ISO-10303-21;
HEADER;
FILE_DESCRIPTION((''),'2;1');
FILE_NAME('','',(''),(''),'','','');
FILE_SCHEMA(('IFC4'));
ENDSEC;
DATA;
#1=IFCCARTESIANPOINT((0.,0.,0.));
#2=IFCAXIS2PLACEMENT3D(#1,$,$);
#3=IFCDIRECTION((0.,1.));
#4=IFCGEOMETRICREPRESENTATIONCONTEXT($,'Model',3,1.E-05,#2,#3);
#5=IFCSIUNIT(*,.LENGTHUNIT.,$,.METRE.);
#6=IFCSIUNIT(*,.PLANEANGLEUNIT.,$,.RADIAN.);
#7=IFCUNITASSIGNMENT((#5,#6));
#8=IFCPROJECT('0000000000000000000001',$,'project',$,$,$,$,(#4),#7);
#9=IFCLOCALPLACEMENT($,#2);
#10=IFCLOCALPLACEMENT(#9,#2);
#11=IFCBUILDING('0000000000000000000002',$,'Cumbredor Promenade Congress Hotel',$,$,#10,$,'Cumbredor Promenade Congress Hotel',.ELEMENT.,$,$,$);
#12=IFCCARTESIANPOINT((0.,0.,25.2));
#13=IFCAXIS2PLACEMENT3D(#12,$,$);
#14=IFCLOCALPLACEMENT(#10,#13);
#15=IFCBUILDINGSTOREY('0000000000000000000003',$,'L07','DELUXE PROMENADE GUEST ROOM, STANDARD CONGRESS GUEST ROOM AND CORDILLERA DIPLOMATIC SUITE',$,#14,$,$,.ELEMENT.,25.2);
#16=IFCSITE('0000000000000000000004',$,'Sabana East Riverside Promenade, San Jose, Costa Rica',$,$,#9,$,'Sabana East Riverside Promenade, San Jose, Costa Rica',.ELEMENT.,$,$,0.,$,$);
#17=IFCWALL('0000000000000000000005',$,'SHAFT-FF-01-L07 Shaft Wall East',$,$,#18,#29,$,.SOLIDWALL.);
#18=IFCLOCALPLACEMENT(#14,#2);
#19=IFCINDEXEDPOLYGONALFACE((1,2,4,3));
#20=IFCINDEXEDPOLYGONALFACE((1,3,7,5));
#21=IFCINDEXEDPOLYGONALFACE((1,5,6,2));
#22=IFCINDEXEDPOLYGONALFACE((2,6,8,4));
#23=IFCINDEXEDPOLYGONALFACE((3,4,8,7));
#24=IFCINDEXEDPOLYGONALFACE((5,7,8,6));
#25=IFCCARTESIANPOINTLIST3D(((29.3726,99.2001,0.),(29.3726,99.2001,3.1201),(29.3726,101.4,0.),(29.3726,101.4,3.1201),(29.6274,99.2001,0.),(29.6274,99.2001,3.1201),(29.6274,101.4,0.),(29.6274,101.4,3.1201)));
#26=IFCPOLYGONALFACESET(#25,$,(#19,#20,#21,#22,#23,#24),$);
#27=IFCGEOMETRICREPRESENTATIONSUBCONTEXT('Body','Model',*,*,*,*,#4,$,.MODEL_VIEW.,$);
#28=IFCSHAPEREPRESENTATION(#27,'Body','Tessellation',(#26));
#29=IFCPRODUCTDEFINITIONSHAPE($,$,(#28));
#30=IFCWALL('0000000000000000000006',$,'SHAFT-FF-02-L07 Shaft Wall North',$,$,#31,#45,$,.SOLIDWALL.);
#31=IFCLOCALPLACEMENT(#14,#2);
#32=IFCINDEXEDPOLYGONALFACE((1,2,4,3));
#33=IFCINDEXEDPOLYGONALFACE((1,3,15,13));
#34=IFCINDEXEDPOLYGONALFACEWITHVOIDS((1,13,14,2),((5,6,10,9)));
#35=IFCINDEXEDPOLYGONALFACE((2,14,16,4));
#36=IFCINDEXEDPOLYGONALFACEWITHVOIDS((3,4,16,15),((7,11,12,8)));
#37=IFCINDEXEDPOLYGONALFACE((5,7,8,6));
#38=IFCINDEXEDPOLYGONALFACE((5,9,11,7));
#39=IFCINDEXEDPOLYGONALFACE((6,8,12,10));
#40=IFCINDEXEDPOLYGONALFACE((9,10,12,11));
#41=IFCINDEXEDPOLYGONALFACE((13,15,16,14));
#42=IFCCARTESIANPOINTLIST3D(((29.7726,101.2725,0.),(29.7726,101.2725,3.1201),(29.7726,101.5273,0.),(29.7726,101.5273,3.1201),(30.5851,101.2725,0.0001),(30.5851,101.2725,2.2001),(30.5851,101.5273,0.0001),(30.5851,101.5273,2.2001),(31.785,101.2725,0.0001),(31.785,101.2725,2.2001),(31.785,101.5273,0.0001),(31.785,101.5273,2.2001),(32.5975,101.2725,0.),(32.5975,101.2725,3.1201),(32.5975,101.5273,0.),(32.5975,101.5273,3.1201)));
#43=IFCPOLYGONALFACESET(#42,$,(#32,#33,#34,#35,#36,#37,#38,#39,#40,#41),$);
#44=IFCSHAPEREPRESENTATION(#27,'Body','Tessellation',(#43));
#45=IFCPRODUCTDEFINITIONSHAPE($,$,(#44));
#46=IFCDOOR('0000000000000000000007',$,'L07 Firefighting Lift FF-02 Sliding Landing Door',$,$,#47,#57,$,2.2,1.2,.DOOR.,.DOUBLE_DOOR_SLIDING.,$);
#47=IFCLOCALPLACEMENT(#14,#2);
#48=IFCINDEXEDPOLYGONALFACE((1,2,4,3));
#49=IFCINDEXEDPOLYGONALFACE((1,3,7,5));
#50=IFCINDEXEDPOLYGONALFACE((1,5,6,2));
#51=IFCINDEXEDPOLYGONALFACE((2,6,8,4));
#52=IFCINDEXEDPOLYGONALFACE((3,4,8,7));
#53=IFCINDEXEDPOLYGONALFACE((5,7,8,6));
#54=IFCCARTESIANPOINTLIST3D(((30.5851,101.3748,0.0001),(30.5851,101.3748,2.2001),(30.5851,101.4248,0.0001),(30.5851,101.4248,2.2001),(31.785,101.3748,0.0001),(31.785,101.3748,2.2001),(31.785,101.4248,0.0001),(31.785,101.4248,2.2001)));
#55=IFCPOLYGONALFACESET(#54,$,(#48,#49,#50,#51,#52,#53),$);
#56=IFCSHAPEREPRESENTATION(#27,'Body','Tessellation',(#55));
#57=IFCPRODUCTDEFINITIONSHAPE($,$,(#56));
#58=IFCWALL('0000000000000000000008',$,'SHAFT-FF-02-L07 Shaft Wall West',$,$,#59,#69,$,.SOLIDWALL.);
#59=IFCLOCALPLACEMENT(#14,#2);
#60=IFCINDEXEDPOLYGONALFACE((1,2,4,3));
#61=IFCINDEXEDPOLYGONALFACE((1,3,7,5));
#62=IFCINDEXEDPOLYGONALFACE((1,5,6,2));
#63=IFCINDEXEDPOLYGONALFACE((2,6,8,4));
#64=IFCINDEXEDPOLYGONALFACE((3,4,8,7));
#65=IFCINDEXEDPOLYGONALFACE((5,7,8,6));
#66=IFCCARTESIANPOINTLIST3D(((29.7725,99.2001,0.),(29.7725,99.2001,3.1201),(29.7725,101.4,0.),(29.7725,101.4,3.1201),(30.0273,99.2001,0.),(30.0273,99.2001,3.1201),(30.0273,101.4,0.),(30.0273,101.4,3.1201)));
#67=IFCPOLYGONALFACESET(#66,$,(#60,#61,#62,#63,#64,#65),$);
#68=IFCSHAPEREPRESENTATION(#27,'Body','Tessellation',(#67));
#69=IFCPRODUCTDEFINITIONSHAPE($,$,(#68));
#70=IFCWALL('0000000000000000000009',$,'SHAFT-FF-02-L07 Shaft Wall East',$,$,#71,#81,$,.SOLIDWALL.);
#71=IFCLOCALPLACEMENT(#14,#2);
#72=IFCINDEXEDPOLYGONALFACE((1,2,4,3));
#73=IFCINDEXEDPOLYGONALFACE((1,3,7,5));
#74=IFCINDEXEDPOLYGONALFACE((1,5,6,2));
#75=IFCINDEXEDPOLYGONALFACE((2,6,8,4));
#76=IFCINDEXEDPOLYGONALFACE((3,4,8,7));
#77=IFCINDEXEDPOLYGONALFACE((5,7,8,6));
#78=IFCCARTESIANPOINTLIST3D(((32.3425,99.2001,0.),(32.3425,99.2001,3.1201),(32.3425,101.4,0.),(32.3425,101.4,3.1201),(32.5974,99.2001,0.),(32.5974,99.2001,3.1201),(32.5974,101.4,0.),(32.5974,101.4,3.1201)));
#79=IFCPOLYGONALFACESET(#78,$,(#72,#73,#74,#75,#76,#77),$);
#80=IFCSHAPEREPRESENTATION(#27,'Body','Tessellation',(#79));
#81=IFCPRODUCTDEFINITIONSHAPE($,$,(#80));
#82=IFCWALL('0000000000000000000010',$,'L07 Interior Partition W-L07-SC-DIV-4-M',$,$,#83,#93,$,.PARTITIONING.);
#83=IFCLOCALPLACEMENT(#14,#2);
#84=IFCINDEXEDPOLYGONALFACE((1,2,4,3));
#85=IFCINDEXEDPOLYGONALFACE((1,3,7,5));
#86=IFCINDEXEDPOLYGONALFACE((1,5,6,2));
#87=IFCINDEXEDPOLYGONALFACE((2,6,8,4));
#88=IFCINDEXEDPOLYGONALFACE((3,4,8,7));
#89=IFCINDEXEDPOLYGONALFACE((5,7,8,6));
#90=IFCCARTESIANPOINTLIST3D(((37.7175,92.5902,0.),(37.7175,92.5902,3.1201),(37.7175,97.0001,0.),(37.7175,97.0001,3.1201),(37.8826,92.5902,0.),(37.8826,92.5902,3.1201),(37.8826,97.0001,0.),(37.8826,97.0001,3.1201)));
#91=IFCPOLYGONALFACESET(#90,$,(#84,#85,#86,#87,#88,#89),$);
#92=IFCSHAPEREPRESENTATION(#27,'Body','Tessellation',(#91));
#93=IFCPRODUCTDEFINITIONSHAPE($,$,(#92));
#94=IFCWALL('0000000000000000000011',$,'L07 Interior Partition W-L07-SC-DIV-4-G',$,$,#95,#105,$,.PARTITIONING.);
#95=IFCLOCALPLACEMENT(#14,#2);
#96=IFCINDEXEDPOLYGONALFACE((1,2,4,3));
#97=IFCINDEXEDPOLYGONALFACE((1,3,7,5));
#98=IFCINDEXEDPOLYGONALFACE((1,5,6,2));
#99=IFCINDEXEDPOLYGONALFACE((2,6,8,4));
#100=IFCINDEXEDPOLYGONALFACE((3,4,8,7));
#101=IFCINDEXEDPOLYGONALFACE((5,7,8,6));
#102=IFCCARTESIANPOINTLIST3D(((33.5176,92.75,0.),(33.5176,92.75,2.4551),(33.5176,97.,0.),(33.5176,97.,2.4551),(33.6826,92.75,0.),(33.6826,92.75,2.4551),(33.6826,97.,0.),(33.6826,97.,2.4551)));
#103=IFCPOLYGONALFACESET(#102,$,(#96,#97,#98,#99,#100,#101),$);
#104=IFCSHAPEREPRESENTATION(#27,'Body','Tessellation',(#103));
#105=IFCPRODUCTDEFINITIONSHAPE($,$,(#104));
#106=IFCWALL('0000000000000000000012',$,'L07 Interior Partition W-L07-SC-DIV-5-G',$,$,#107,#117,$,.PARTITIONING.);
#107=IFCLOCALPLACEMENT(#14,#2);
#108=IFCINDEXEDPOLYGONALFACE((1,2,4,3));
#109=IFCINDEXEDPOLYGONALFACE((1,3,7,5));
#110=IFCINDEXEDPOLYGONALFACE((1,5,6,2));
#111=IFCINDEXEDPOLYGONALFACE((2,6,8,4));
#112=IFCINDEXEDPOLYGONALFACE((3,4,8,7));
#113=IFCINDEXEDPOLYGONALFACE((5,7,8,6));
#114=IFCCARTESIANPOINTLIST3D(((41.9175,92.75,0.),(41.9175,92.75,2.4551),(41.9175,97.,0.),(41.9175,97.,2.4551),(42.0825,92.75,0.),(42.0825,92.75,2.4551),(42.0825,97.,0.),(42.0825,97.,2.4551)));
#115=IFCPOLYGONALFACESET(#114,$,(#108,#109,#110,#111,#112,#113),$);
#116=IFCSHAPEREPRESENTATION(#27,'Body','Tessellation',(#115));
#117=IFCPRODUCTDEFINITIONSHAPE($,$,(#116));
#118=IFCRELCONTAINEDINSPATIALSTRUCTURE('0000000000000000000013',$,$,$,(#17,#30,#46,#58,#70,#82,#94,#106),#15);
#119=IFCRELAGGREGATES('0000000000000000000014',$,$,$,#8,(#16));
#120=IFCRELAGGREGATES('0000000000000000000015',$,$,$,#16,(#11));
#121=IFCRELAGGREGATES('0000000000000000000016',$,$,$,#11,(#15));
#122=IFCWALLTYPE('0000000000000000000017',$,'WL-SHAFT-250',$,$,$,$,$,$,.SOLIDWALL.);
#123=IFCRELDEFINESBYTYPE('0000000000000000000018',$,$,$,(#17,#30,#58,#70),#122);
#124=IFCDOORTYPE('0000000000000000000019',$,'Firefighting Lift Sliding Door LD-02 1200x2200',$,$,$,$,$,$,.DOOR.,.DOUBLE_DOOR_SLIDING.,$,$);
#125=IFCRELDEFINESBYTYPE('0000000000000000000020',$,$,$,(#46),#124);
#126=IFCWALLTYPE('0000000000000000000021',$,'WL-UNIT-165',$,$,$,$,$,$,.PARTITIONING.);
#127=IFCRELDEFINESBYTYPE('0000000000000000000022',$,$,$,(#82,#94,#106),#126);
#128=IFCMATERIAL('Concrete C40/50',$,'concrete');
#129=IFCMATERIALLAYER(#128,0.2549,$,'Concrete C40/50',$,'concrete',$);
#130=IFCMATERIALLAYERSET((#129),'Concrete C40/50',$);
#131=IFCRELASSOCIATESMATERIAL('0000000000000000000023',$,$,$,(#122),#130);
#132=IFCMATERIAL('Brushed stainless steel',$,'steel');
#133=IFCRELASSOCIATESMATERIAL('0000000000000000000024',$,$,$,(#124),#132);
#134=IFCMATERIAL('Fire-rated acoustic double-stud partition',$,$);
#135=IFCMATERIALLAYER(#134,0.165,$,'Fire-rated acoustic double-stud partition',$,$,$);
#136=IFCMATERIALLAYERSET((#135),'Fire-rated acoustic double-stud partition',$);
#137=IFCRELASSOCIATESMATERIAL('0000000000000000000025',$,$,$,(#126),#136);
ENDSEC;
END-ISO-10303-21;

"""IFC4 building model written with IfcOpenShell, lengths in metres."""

from ifc_helpers import new_model, si_unit, direction, frame, frame_2d, origin, place, context, subcontext, project, spatial, rectangle, extrude, material, layer, layer_set, type_object, element, fill, save


model = new_model("IFC4")

# Units and contexts
model_context = context("Model", 3, precision=1e-05, world=origin(), true_north=direction((0.0, 1.0)))
body_context = subcontext(model_context, "Body", "Model", "MODEL_VIEW")
ifc_project = project(units=[si_unit("LENGTHUNIT", "METRE"), si_unit("PLANEANGLEUNIT", "RADIAN")], contexts=[model_context])

# Site, building, storey
site_placement = place(None, origin())
site = spatial("IfcSite", under=ifc_project, at=site_placement, Name="Sabana East Riverside Promenade, San Jose, Costa Rica", LongName="Sabana East Riverside Promenade, San Jose, Costa Rica", CompositionType="ELEMENT", RefElevation=0.0)
building_placement = place(site_placement, origin())
building = spatial("IfcBuilding", under=site, at=building_placement, Name="Cumbredor Promenade Congress Hotel", LongName="Cumbredor Promenade Congress Hotel", CompositionType="ELEMENT")
storey_placement = place(building_placement, frame((0.0, 0.0, 25.2)))
storey = spatial("IfcBuildingStorey", under=building, at=storey_placement, Name="L07", Description="DELUXE PROMENADE GUEST ROOM, STANDARD CONGRESS GUEST ROOM AND CORDILLERA DIPLOMATIC SUITE", CompositionType="ELEMENT", Elevation=25.2)

# Shared definitions
ifc_material_1 = material(Name="Concrete C40/50", Category="concrete")

# Wall
ifc_layer_1 = layer(ifc_material_1, 0.2549, Name="Concrete C40/50", Category="concrete")
ifc_layer_set_1 = layer_set([ifc_layer_1], Name="Concrete C40/50")
wall_type_1 = type_object("IfcWallType", Name="WL-SHAFT-250", PredefinedType="SOLIDWALL", material=ifc_layer_set_1)
wall_1_placement = place(storey_placement, frame((29.5, 99.2, 0.0), z_axis=(0.0, 0.0, 1.0), x_axis=(0.0, 1.0, 0.0)))
element("IfcWall", 1, at=wall_1_placement, inside=storey, type_object=wall_type_1, Name="SHAFT-FF-01-L07 Shaft Wall East", PredefinedType="SOLIDWALL", context=body_context, shape_type="SweptSolid", body=[
    extrude(rectangle(XDim=2.2, YDim=0.2549, at=frame_2d((1.1001, 0.0))), origin(), (0.0, 0.0, 1.0), 3.1201),
])

# Wall, opening, door
wall_2_placement = place(storey_placement, frame((29.7725, 101.3999, 0.0), z_axis=(0.0, 0.0, 1.0), x_axis=(1.0, 0.0, 0.0)))
wall_2 = element("IfcWall", 2, at=wall_2_placement, inside=storey, type_object=wall_type_1, Name="SHAFT-FF-02-L07 Shaft Wall North", PredefinedType="SOLIDWALL", context=body_context, shape_type="SweptSolid", body=[
    extrude(rectangle(XDim=2.825, YDim=0.2549, at=frame_2d((1.4126, 0.0))), origin(), (0.0, 0.0, 1.0), 3.1201),
])
opening_1_placement = place(wall_2_placement, frame((0.8125, 0.0, 0.0)))
opening_1 = element("IfcOpeningElement", 3, at=opening_1_placement, cuts=wall_2, PredefinedType="OPENING", context=body_context, shape_type="SweptSolid", body=[
    extrude(rectangle(XDim=1.2, YDim=2.2, at=frame_2d((0.6001, 1.1001))), frame((0.0, 0.1375, 0.0), z_axis=(0.0, -1.0, 0.0), x_axis=(1.0, 0.0, 0.0)), (0.0, 0.0, 1.0), 0.2749),
])
ifc_material_2 = material(Name="Brushed stainless steel", Category="steel")
door_type_1 = type_object("IfcDoorType", Name="Firefighting Lift Sliding Door LD-02 1200x2200", OperationType="DOUBLE_DOOR_SLIDING", PredefinedType="DOOR", material=ifc_material_2)
door_1_placement = place(opening_1_placement, origin())
door_1 = element("IfcDoor", 4, at=door_1_placement, inside=storey, type_object=door_type_1, Name="L07 Firefighting Lift FF-02 Sliding Landing Door", OperationType="DOUBLE_DOOR_SLIDING", OverallHeight=2.2, OverallWidth=1.2, PredefinedType="DOOR", context=body_context, shape_type="SweptSolid", body=[
    extrude(rectangle(XDim=1.2, YDim=2.2, at=frame_2d((0.6001, 1.1001))), frame((0.0, 0.0249, 0.0), z_axis=(0.0, -1.0, 0.0), x_axis=(1.0, 0.0, 0.0)), (0.0, 0.0, 1.0), 0.05),
])
fill(opening_1, door_1)

# Walls
for number, where, z_axis, x_axis, name in (
    (5, (29.8999, 99.2, 0.0), (0.0, 0.0, 1.0), (0.0, 1.0, 0.0), "SHAFT-FF-02-L07 Shaft Wall West"),
    (6, (32.47, 99.2, 0.0), (0.0, 0.0, 1.0), (0.0, 1.0, 0.0), "SHAFT-FF-02-L07 Shaft Wall East"),
):
    element("IfcWall", number, at=place(storey_placement, frame(where, z_axis=z_axis, x_axis=x_axis)), inside=storey, type_object=wall_type_1, Name=name, PredefinedType="SOLIDWALL", context=body_context, shape_type="SweptSolid", body=[
        extrude(rectangle(XDim=2.2, YDim=0.2549, at=frame_2d((1.1001, 0.0))), origin(), (0.0, 0.0, 1.0), 3.1201),
    ])
ifc_material_3 = material(Name="Fire-rated acoustic double-stud partition")
ifc_layer_2 = layer(ifc_material_3, 0.165, Name="Fire-rated acoustic double-stud partition")
ifc_layer_set_2 = layer_set([ifc_layer_2], Name="Fire-rated acoustic double-stud partition")
wall_type_2 = type_object("IfcWallType", Name="WL-UNIT-165", PredefinedType="PARTITIONING", material=ifc_layer_set_2)
wall_3_placement = place(storey_placement, frame((37.8, 92.5901, 0.0), z_axis=(0.0, 0.0, 1.0), x_axis=(0.0, 1.0, 0.0)))
element("IfcWall", 7, at=wall_3_placement, inside=storey, type_object=wall_type_2, Name="L07 Interior Partition W-L07-SC-DIV-4-M", PredefinedType="PARTITIONING", context=body_context, shape_type="SweptSolid", body=[
    extrude(rectangle(XDim=4.4099, YDim=0.165, at=frame_2d((2.2051, 0.0))), origin(), (0.0, 0.0, 1.0), 3.1201),
])
for number, where, z_axis, x_axis, name in (
    (8, (33.6001, 92.75, 0.0), (0.0, 0.0, 1.0), (0.0, 1.0, 0.0), "L07 Interior Partition W-L07-SC-DIV-4-G"),
    (9, (42.0, 92.75, 0.0), (0.0, 0.0, 1.0), (0.0, 1.0, 0.0), "L07 Interior Partition W-L07-SC-DIV-5-G"),
):
    element("IfcWall", number, at=place(storey_placement, frame(where, z_axis=z_axis, x_axis=x_axis)), inside=storey, type_object=wall_type_2, Name=name, PredefinedType="PARTITIONING", context=body_context, shape_type="SweptSolid", body=[
        extrude(rectangle(XDim=4.25, YDim=0.165, at=frame_2d((2.125, 0.0))), origin(), (0.0, 0.0, 1.0), 2.4551),
    ])

save(model, "model.ifc")
